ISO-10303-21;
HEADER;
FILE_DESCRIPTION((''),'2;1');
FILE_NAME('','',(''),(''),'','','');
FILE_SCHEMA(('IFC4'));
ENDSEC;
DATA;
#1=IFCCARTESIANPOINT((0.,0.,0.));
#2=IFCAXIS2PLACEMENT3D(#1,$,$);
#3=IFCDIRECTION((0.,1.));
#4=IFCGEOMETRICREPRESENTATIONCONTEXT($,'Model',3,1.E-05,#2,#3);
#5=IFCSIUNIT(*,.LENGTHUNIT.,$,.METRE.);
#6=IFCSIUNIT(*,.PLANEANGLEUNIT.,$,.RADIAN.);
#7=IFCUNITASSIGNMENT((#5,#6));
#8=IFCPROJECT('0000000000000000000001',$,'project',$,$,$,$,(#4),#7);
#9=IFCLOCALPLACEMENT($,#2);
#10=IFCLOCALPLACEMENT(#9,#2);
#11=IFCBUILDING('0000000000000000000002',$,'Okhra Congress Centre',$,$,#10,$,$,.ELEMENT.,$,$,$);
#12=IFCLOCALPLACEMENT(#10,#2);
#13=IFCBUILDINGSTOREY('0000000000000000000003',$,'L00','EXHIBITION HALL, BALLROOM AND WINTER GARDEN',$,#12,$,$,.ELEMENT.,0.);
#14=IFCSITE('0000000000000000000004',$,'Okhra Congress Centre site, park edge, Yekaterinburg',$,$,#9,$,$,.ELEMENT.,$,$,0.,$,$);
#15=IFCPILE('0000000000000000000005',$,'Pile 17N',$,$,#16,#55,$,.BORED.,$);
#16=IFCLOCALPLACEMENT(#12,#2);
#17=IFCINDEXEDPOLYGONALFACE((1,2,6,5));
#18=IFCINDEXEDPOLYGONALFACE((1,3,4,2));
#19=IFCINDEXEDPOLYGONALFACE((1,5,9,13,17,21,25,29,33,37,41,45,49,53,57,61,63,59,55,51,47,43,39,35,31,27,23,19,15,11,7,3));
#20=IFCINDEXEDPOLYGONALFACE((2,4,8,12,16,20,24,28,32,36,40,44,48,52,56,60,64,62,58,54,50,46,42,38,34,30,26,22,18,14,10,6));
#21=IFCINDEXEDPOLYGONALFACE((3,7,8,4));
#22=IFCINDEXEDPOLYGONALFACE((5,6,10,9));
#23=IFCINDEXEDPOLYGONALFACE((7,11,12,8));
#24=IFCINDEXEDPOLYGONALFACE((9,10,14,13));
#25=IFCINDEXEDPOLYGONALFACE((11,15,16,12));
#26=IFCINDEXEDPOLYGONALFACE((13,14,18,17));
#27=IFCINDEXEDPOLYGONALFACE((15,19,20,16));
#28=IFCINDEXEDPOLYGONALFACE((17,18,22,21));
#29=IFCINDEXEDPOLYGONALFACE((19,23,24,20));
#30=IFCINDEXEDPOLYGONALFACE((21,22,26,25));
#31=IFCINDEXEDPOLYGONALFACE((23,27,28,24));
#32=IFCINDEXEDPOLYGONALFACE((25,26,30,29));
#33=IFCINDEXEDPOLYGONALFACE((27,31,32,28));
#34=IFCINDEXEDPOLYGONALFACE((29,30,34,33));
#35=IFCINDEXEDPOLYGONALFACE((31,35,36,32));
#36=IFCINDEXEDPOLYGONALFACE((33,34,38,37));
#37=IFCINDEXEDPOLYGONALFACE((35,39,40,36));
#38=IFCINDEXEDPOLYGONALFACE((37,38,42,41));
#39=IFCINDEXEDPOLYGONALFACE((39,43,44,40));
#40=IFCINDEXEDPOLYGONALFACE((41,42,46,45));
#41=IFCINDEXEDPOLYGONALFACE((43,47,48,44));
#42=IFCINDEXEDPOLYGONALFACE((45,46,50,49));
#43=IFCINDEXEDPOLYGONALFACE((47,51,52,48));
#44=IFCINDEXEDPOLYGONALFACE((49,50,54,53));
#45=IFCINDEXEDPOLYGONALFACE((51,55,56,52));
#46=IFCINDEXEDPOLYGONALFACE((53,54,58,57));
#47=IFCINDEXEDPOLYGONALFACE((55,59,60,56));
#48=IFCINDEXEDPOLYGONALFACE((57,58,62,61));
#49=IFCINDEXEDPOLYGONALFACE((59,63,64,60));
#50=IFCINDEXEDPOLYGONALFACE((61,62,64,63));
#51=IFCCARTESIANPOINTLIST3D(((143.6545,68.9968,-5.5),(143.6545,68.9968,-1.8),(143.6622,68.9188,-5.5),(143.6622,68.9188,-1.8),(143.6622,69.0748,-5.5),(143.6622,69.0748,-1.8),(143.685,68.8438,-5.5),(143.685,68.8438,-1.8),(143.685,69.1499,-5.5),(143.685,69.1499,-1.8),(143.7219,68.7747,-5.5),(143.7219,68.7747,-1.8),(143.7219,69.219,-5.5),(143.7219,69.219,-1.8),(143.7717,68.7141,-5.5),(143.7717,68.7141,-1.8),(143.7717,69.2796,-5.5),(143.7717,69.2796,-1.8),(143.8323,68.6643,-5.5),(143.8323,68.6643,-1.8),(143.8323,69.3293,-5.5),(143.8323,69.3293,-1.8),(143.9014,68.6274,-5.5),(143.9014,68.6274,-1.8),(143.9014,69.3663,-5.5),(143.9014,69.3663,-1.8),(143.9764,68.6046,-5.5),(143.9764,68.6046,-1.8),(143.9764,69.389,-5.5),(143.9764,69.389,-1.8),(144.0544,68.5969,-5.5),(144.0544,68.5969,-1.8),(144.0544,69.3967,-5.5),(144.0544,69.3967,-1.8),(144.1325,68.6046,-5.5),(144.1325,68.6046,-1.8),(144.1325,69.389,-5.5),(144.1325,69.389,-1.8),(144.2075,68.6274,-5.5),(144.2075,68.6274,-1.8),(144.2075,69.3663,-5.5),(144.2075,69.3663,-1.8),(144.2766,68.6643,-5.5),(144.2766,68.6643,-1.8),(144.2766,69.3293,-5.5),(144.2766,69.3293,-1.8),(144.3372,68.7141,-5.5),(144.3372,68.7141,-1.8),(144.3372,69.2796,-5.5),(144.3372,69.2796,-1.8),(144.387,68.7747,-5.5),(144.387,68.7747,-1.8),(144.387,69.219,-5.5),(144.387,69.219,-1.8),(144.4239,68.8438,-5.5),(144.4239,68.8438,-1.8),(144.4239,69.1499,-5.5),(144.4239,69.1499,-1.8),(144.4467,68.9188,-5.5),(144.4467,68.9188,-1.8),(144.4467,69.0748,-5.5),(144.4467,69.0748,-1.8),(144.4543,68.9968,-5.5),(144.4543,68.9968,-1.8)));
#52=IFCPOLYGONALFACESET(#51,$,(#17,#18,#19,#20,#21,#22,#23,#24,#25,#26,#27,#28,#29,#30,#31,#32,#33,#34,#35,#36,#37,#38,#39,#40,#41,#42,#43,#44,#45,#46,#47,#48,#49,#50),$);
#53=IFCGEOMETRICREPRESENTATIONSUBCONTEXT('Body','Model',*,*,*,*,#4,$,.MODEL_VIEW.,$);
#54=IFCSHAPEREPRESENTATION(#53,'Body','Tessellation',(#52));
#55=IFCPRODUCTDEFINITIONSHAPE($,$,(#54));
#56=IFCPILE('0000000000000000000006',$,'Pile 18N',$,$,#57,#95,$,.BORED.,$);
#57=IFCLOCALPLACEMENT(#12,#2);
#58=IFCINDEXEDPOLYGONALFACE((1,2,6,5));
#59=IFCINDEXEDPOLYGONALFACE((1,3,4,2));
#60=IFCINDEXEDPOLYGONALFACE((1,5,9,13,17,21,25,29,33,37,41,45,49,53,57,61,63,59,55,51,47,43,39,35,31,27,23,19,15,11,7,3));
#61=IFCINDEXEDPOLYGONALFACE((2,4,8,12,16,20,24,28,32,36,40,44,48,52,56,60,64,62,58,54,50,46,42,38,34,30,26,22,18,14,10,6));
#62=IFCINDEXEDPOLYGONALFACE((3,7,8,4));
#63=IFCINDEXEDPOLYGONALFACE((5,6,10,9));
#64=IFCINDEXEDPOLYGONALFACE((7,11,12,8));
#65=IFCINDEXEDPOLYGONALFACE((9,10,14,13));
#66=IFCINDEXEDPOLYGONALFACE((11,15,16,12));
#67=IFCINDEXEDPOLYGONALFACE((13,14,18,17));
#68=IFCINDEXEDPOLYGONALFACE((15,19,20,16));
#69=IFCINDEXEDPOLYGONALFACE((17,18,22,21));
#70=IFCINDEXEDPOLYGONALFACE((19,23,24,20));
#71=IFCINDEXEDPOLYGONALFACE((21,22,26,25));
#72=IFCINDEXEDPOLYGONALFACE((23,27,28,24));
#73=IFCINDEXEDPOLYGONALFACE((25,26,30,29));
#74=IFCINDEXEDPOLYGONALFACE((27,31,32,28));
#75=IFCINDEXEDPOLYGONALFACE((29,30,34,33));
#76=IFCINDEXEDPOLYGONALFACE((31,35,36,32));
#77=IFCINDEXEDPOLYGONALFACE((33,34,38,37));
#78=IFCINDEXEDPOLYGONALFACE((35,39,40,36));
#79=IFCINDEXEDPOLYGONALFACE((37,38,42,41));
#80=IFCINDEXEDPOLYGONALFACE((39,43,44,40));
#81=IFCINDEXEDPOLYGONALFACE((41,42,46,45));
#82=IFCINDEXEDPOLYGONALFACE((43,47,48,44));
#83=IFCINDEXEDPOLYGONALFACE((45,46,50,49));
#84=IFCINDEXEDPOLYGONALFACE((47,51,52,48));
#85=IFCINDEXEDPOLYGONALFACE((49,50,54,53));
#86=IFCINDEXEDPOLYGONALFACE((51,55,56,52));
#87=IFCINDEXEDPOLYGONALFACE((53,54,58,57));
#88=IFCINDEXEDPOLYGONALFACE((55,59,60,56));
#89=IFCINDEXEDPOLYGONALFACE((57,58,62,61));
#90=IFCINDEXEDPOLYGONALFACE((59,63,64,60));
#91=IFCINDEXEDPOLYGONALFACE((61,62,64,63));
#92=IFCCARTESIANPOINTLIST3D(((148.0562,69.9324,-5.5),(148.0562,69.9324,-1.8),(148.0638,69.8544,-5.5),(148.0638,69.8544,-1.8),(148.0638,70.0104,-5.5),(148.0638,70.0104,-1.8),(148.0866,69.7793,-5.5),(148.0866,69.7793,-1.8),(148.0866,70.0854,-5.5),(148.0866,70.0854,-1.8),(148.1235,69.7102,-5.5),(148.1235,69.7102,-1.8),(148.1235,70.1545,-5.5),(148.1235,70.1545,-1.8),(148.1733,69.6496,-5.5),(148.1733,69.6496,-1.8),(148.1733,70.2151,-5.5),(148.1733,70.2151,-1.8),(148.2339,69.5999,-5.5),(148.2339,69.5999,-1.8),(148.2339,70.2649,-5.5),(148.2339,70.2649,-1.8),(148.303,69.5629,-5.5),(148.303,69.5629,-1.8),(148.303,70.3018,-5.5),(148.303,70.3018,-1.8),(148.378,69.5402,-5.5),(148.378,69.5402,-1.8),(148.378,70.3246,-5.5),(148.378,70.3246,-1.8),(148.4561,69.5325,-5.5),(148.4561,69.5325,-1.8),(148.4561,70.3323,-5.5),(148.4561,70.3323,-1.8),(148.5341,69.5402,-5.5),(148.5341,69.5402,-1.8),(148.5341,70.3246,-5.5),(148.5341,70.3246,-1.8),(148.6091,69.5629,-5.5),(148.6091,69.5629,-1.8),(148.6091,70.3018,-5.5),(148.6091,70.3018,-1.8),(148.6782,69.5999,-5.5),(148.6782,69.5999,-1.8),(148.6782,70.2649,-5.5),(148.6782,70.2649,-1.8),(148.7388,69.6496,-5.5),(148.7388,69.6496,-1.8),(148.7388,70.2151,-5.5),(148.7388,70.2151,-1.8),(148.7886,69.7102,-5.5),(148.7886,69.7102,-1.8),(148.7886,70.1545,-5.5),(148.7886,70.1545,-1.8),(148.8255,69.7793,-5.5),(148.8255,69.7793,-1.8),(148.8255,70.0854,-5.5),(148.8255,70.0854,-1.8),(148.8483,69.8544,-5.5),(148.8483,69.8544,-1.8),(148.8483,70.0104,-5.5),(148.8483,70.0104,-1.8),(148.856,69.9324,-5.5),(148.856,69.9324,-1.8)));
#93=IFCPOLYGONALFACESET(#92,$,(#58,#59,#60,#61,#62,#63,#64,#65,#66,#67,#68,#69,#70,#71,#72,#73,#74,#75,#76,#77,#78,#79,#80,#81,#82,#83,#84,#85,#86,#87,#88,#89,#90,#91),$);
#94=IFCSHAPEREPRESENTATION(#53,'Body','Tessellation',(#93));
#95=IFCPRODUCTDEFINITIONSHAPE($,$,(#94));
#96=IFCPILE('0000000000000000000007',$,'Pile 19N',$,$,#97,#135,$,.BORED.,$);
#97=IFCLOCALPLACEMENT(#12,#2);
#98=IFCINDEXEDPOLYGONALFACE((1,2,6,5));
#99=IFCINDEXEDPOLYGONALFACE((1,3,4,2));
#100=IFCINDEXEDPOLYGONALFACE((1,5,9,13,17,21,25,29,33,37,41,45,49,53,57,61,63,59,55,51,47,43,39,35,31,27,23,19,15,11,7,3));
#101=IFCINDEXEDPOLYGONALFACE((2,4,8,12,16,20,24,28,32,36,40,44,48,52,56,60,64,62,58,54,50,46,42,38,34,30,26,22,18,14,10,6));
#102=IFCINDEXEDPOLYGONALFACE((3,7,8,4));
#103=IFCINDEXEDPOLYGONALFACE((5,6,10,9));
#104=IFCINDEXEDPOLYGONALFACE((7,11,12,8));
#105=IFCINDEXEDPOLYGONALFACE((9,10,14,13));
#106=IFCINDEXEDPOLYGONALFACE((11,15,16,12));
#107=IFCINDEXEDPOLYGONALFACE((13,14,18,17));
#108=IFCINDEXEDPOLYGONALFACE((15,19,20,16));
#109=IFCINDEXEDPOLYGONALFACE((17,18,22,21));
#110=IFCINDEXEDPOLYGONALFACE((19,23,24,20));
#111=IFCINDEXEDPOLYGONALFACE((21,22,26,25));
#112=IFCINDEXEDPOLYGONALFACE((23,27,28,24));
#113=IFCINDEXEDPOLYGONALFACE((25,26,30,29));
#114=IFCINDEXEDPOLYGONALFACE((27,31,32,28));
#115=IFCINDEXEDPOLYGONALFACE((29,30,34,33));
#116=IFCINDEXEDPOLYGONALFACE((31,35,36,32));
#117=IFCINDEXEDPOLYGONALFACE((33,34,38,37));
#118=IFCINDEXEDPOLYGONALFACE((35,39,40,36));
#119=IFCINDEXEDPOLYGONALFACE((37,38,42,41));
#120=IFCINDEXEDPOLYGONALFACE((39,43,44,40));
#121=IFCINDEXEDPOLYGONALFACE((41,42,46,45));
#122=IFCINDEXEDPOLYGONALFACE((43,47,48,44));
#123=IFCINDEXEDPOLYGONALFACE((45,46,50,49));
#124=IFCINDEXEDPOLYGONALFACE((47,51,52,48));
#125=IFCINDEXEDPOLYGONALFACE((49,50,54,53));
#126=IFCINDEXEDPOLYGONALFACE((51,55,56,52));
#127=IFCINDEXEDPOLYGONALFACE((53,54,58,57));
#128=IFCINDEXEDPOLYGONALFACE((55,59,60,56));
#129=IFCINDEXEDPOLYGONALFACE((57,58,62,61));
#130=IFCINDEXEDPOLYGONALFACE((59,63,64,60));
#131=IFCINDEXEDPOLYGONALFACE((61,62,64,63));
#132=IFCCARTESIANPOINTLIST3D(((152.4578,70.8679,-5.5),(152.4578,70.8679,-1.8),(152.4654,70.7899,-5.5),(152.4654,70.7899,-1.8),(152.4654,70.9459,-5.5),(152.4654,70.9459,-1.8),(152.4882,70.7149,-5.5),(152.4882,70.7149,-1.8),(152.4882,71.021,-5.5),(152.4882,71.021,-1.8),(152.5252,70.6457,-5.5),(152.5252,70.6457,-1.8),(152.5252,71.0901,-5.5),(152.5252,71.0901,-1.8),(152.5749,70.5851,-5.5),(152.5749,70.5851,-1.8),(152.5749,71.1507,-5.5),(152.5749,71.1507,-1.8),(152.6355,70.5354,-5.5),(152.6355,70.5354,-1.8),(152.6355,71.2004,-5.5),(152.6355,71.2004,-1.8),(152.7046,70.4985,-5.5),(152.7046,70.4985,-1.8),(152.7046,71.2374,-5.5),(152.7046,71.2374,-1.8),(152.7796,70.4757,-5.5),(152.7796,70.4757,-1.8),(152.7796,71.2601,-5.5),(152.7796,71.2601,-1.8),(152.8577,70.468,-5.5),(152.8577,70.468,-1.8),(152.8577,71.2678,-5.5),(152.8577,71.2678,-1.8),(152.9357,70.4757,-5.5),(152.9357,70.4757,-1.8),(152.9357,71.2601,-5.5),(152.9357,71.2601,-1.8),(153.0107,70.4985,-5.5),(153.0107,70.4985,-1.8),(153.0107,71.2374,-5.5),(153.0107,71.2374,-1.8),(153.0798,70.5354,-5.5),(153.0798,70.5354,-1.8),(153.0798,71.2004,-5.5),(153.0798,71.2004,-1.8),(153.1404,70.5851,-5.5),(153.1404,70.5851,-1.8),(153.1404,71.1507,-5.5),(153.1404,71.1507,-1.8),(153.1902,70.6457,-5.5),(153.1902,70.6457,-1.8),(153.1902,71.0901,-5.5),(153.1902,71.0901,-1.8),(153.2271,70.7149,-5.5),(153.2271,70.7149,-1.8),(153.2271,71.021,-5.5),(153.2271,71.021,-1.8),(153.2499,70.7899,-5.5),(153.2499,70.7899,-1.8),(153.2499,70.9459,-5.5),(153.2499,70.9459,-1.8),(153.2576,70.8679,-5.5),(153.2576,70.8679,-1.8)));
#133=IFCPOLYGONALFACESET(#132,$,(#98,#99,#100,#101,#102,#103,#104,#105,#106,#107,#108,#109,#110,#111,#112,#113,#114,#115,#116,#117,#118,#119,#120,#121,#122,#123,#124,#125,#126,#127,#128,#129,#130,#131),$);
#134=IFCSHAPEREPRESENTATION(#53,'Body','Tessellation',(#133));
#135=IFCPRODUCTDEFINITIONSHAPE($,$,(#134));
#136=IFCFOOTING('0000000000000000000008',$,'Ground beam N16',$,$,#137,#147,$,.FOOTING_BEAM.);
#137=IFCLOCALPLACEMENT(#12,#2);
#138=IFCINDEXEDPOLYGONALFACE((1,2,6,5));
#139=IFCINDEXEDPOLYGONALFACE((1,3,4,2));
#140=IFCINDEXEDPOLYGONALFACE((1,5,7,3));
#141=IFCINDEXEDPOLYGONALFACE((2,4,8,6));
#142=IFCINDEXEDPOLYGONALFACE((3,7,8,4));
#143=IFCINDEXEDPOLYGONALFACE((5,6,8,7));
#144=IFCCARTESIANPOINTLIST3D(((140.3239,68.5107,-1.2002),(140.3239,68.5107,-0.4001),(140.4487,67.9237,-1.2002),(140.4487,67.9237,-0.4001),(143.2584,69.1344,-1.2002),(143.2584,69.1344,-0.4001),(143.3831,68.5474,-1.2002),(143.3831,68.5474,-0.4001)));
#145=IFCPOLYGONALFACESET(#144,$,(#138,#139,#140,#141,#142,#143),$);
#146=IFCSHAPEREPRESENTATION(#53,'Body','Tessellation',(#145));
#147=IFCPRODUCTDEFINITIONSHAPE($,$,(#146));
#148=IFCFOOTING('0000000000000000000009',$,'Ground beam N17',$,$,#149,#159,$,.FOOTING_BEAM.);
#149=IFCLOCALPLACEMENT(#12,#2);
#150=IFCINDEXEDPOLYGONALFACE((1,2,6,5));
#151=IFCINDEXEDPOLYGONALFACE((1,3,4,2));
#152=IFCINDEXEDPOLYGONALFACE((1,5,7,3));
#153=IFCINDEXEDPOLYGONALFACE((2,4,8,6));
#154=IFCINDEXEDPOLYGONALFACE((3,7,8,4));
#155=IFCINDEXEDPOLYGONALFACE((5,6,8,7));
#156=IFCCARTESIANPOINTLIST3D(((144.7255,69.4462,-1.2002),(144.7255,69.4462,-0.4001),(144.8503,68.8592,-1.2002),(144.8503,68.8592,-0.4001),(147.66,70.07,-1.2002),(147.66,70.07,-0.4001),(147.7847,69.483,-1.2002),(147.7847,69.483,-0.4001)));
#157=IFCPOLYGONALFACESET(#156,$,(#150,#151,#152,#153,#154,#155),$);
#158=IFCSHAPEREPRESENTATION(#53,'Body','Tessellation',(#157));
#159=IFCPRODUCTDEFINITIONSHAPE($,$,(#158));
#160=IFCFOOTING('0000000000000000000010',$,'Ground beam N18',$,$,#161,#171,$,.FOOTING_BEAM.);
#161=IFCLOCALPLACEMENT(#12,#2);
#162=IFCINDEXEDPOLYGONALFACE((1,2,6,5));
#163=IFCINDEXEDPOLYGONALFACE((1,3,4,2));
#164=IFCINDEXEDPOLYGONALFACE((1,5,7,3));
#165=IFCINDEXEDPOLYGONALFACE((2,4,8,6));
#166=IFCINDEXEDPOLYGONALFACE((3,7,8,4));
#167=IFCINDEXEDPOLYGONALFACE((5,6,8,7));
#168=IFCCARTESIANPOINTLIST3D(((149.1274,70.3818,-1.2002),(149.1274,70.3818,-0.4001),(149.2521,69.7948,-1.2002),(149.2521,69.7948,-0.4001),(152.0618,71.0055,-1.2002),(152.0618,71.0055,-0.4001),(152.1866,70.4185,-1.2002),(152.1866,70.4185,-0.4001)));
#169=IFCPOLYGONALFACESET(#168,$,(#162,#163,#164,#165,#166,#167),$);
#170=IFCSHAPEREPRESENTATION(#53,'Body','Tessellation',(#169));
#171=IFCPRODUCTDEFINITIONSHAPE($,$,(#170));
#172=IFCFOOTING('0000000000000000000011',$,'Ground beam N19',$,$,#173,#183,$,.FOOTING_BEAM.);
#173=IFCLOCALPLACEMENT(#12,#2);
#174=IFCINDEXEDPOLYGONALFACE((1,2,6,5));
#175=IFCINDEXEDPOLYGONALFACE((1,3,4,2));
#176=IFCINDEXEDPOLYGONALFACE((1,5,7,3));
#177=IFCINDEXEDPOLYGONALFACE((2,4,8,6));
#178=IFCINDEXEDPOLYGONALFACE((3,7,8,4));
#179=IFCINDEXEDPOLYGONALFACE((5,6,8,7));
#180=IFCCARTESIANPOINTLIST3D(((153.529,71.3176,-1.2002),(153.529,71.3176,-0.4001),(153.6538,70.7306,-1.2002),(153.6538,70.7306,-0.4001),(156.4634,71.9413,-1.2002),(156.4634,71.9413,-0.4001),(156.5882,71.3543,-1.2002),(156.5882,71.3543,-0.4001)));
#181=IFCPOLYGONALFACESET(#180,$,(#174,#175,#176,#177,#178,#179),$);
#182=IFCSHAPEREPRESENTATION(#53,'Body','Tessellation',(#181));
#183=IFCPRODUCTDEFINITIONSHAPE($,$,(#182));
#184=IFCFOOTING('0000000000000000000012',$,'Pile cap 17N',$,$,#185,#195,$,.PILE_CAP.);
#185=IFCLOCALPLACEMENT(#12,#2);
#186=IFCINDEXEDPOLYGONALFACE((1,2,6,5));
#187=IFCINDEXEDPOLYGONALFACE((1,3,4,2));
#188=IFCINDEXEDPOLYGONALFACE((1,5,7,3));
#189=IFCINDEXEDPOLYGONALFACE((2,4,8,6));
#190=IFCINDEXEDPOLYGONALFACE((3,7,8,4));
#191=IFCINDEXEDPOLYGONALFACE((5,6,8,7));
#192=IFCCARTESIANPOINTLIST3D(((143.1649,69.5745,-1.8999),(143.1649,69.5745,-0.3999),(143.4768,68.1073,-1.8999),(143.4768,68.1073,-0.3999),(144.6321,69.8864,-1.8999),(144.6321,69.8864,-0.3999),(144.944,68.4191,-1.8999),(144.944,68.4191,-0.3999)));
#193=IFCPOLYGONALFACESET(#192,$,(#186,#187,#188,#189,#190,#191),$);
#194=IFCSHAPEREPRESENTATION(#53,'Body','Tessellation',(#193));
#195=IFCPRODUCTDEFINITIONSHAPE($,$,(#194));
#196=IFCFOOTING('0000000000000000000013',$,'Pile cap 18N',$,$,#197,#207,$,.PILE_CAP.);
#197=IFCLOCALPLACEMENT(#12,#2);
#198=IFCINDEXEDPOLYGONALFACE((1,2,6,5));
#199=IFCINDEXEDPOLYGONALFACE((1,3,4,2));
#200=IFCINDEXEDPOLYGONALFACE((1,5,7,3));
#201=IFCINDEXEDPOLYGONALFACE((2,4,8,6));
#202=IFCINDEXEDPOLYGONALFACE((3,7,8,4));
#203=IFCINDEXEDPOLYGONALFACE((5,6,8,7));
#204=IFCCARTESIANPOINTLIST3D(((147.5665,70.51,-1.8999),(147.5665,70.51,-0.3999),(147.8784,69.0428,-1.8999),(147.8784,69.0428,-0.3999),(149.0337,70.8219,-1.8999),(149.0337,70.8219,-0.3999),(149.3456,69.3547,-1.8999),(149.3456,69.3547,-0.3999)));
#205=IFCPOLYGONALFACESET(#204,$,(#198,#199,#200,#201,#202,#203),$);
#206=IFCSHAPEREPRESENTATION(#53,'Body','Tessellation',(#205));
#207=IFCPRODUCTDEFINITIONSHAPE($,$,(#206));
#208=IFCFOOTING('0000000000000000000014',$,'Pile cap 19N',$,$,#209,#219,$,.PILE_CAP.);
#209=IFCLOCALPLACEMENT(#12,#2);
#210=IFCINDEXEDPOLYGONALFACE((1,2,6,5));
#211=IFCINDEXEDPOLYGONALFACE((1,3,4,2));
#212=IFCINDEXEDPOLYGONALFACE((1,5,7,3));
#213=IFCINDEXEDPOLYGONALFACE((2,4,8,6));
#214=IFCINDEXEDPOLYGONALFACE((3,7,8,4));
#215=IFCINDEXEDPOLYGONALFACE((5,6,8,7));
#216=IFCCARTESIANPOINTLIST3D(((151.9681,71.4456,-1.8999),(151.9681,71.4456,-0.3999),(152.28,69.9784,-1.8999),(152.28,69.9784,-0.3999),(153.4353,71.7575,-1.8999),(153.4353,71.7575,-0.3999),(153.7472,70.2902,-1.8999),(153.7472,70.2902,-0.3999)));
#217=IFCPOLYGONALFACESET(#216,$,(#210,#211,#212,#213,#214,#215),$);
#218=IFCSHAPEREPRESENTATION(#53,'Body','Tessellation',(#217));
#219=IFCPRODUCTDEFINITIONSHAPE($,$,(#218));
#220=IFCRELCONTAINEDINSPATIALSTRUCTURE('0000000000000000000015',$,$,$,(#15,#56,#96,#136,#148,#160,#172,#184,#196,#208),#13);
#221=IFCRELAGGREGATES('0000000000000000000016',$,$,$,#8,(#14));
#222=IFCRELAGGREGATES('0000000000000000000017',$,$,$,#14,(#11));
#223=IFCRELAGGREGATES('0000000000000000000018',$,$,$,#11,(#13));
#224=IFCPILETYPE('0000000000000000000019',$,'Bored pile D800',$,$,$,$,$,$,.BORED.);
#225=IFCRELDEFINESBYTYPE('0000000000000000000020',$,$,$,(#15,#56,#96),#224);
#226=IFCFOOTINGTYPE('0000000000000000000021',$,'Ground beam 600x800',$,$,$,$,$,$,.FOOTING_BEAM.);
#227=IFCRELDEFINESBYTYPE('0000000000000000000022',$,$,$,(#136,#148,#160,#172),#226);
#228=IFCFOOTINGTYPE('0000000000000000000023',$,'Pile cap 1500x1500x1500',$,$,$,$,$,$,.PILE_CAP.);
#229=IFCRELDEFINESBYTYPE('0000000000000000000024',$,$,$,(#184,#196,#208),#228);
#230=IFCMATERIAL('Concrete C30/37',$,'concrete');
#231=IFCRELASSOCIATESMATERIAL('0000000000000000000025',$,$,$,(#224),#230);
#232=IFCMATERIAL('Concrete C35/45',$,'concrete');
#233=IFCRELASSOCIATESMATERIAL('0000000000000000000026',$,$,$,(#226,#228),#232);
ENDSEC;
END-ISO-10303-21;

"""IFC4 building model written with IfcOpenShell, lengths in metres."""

from ifc_helpers import new_model, si_unit, direction, frame, origin, origin_2d, place, context, subcontext, project, spatial, rectangle, circle, extrude, material, material_profile, profile_set, type_object, element, save


model = new_model("IFC4")

# Units and contexts
model_context = context("Model", 3, precision=1e-05, world=origin(), true_north=direction((0.0, 1.0)))
body_context = subcontext(model_context, "Body", "Model", "MODEL_VIEW")
ifc_project = project(units=[si_unit("LENGTHUNIT", "METRE"), si_unit("PLANEANGLEUNIT", "RADIAN")], contexts=[model_context])

# Site, building, storey
site_placement = place(None, origin())
site = spatial("IfcSite", under=ifc_project, at=site_placement, Name="Okhra Congress Centre site, park edge, Yekaterinburg", CompositionType="ELEMENT", RefElevation=0.0)
building_placement = place(site_placement, origin())
building = spatial("IfcBuilding", under=site, at=building_placement, Name="Okhra Congress Centre", CompositionType="ELEMENT")
storey_placement = place(building_placement, origin())
storey = spatial("IfcBuildingStorey", under=building, at=storey_placement, Name="L00", Description="EXHIBITION HALL, BALLROOM AND WINTER GARDEN", CompositionType="ELEMENT", Elevation=0.0)

# Piles
ifc_material_1 = material(Name="Concrete C30/37", Category="concrete")
ifc_material_profile_1 = material_profile(ifc_material_1, circle(Radius=0.3999, at=origin_2d()), Name="D800")
ifc_profile_set_1 = profile_set([ifc_material_profile_1], Name="Concrete C30/37")
pile_type = type_object("IfcPileType", Name="Bored pile D800", PredefinedType="BORED", material=ifc_profile_set_1)
for number, where, z_axis, x_axis, name in (
    (1, (144.0544, 68.9968, -1.8), (0.0, 0.0, -1.0), (1.0, 0.0, 0.0), "Pile 17N"),
    (2, (148.4561, 69.9324, -1.8), (0.0, 0.0, -1.0), (1.0, 0.0, 0.0), "Pile 18N"),
    (3, (152.8577, 70.8679, -1.8), (0.0, 0.0, -1.0), (1.0, 0.0, 0.0), "Pile 19N"),
):
    element("IfcPile", number, at=place(storey_placement, frame(where, z_axis=z_axis, x_axis=x_axis)), inside=storey, type_object=pile_type, Name=name, PredefinedType="BORED", context=body_context, shape_type="SweptSolid", body=[
        extrude(circle(Radius=0.3999, at=origin_2d()), origin(), (0.0, 0.0, 1.0), 3.7),
    ])

# Footings
ifc_material_2 = material(Name="Concrete C35/45", Category="concrete")
footing_type_1 = type_object("IfcFootingType", Name="Ground beam 600x800", PredefinedType="FOOTING_BEAM", material=ifc_material_2)
for number, where, z_axis, x_axis, name in (
    (4, (141.8535, 68.5291, -1.2002), (0.0, 0.0, 1.0), (0.978148, 0.207912, 0.0), "Ground beam N16"),
    (5, (146.2551, 69.4646, -1.2002), (0.0, 0.0, 1.0), (0.978148, 0.207912, 0.0), "Ground beam N17"),
    (6, (150.657, 70.4001, -1.2002), (0.0, 0.0, 1.0), (0.978148, 0.207912, 0.0), "Ground beam N18"),
    (7, (155.0586, 71.3359, -1.2002), (0.0, 0.0, 1.0), (0.978148, 0.207912, 0.0), "Ground beam N19"),
):
    element("IfcFooting", number, at=place(storey_placement, frame(where, z_axis=z_axis, x_axis=x_axis)), inside=storey, type_object=footing_type_1, Name=name, PredefinedType="FOOTING_BEAM", context=body_context, shape_type="SweptSolid", body=[
        extrude(rectangle(XDim=3.0, YDim=0.6001, at=origin_2d()), origin(), (0.0, 0.0, 1.0), 0.8),
    ])
footing_type_2 = type_object("IfcFootingType", Name="Pile cap 1500x1500x1500", PredefinedType="PILE_CAP", material=ifc_material_2)
for number, where, z_axis, x_axis, name in (
    (8, (144.0544, 68.9968, -1.8999), (0.0, 0.0, 1.0), (0.978148, 0.207912, 0.0), "Pile cap 17N"),
    (9, (148.4561, 69.9324, -1.8999), (0.0, 0.0, 1.0), (0.978148, 0.207912, 0.0), "Pile cap 18N"),
    (10, (152.8577, 70.8679, -1.8999), (0.0, 0.0, 1.0), (0.978148, 0.207912, 0.0), "Pile cap 19N"),
):
    element("IfcFooting", number, at=place(storey_placement, frame(where, z_axis=z_axis, x_axis=x_axis)), inside=storey, type_object=footing_type_2, Name=name, PredefinedType="PILE_CAP", context=body_context, shape_type="SweptSolid", body=[
        extrude(rectangle(XDim=1.5, YDim=1.5, at=origin_2d()), origin(), (0.0, 0.0, 1.0), 1.5),
    ])

save(model, "model.ifc")
